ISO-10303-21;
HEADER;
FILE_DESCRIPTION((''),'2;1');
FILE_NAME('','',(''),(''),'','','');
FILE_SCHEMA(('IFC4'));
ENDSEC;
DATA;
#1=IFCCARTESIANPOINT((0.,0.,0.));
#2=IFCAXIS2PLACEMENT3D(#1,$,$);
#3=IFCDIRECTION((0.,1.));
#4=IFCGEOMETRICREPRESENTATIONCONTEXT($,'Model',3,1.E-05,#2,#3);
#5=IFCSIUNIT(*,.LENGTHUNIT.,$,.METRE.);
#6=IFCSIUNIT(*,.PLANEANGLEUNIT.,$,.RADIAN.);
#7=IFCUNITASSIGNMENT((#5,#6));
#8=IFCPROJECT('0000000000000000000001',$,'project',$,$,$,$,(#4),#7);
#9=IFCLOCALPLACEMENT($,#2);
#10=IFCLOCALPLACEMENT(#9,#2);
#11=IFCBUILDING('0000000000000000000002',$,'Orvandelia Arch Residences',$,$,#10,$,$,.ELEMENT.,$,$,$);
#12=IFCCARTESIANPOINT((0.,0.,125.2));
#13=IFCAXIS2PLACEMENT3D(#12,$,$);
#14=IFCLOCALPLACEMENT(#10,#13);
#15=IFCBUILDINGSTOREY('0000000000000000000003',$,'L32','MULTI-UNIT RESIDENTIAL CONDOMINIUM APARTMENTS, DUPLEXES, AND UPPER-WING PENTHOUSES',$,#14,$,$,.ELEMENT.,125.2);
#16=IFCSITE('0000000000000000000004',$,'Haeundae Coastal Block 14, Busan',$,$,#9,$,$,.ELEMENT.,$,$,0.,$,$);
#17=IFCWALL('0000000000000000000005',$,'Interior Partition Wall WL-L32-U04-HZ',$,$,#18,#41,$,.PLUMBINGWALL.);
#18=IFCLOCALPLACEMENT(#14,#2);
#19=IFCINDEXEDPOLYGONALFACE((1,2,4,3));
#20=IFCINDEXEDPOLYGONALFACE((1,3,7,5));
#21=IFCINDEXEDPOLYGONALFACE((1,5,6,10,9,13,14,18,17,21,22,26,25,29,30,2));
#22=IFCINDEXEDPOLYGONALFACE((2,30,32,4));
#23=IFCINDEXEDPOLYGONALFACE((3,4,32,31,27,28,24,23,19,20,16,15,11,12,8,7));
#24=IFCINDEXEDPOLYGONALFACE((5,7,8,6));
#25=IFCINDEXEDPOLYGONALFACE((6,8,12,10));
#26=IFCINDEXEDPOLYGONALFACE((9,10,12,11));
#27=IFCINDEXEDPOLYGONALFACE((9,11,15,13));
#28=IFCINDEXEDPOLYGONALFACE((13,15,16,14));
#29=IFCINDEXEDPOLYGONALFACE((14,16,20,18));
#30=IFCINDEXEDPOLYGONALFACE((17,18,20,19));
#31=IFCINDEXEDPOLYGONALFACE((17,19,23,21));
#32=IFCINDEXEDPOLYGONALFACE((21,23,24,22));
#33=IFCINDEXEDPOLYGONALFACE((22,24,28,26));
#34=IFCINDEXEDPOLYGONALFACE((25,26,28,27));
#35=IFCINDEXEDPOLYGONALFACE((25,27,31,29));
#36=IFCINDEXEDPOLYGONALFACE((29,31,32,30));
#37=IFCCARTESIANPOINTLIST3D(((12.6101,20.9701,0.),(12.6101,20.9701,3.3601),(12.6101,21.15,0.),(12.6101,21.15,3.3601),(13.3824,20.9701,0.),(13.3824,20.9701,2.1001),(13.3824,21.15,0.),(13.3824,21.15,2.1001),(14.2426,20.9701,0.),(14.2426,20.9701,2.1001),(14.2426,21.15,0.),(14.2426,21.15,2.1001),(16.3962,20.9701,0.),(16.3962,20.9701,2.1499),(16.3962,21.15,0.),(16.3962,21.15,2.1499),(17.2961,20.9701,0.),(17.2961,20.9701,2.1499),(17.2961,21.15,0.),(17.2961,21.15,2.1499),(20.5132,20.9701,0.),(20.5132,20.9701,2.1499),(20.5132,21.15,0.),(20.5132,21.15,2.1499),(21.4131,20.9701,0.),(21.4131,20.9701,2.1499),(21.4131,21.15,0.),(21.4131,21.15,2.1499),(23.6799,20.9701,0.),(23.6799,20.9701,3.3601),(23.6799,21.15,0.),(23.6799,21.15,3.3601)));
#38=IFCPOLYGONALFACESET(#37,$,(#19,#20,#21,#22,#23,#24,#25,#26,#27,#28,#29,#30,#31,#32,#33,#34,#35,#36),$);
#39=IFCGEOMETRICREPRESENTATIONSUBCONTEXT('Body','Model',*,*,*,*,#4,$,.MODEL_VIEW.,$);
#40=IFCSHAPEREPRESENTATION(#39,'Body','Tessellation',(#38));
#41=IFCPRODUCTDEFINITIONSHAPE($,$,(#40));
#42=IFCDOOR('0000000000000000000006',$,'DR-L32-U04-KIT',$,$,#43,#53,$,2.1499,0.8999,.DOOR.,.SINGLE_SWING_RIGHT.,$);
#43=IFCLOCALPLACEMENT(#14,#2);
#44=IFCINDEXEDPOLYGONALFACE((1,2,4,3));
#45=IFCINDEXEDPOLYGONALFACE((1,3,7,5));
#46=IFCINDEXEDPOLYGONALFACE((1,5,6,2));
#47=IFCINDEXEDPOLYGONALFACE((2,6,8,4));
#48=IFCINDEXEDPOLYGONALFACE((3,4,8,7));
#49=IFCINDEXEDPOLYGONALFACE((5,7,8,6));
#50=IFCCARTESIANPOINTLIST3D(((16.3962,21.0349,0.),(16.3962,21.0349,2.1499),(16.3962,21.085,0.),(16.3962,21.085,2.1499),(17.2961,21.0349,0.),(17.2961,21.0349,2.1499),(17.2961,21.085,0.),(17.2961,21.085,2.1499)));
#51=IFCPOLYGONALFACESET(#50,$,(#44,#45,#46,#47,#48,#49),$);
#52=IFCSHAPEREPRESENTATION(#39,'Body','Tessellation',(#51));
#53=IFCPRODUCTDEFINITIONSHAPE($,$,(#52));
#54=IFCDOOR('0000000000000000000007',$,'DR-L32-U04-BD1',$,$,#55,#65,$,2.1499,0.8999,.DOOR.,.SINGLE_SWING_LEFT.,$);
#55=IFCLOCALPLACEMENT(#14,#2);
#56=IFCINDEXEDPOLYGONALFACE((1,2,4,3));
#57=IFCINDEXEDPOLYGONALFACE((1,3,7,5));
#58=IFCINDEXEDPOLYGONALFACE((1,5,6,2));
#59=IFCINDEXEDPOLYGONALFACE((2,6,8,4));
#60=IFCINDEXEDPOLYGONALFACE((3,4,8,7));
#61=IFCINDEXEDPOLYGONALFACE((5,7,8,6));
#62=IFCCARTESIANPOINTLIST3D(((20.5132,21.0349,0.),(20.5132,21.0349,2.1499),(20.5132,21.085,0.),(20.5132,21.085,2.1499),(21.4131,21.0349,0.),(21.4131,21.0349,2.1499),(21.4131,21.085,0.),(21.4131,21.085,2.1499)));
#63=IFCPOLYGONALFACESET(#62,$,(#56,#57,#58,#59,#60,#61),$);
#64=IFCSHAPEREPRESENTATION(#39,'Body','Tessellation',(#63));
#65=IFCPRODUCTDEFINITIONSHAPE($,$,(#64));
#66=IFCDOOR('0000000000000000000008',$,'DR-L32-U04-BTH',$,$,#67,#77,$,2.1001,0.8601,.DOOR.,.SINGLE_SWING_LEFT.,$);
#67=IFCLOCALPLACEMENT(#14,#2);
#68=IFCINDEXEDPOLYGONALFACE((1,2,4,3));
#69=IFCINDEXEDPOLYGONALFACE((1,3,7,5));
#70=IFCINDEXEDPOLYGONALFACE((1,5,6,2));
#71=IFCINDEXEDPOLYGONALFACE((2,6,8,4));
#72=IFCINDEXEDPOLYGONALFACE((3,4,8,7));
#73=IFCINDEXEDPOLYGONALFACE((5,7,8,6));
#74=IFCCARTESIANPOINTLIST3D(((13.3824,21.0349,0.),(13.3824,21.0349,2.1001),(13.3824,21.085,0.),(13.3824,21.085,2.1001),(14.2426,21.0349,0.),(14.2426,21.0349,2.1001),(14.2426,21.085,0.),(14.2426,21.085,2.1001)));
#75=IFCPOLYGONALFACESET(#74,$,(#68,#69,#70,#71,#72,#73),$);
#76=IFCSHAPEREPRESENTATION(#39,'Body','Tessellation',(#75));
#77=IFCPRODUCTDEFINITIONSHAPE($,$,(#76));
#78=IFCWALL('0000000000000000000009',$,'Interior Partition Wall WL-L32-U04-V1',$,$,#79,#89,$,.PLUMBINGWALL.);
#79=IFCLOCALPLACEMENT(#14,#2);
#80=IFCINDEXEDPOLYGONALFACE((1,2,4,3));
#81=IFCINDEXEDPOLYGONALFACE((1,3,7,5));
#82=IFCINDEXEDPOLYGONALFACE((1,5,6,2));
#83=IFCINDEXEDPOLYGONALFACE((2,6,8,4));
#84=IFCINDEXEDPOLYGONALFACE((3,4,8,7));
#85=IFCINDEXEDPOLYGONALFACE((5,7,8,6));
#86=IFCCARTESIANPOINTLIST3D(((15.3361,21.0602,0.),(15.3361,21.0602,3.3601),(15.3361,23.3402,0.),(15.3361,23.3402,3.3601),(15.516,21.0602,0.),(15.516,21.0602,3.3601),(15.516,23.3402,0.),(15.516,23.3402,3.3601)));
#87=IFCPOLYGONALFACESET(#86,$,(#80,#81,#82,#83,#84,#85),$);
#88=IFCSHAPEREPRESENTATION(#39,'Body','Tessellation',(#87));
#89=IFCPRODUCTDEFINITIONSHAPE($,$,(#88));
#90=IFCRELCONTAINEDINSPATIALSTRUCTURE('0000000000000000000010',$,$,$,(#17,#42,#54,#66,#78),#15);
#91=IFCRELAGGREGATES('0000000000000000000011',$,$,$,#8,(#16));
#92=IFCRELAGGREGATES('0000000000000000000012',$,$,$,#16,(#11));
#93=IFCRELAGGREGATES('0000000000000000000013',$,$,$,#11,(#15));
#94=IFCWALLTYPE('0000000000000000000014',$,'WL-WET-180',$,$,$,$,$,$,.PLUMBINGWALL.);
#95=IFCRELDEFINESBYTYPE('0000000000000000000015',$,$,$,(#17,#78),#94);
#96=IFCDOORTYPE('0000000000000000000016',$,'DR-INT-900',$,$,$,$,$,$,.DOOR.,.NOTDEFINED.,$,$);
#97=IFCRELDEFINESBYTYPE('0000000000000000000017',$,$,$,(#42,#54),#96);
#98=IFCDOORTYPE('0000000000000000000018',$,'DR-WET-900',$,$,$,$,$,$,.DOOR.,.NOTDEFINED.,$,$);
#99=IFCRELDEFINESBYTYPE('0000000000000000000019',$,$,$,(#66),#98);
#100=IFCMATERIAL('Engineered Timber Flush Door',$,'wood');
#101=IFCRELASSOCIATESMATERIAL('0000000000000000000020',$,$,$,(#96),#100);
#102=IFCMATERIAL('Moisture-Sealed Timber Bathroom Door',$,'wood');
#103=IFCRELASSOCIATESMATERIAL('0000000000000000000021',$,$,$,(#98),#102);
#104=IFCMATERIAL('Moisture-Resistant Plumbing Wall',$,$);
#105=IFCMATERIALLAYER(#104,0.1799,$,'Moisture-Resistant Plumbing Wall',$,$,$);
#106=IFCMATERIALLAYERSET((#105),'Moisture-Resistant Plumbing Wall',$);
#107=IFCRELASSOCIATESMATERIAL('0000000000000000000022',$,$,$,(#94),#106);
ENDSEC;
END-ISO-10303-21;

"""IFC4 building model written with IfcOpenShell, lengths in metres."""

from ifc_helpers import new_model, si_unit, direction, frame, frame_2d, origin, place, context, subcontext, project, spatial, rectangle, extrude, material, layer, layer_set, type_object, element, fill, save


model = new_model("IFC4")

# Units and contexts
model_context = context("Model", 3, precision=1e-05, world=origin(), true_north=direction((0.0, 1.0)))
body_context = subcontext(model_context, "Body", "Model", "MODEL_VIEW")
ifc_project = project(units=[si_unit("LENGTHUNIT", "METRE"), si_unit("PLANEANGLEUNIT", "RADIAN")], contexts=[model_context])

# Site, building, storey
site_placement = place(None, origin())
site = spatial("IfcSite", under=ifc_project, at=site_placement, Name="Haeundae Coastal Block 14, Busan", CompositionType="ELEMENT", RefElevation=0.0)
building_placement = place(site_placement, origin())
building = spatial("IfcBuilding", under=site, at=building_placement, Name="Orvandelia Arch Residences", CompositionType="ELEMENT")
storey_placement = place(building_placement, frame((0.0, 0.0, 125.2)))
storey = spatial("IfcBuildingStorey", under=building, at=storey_placement, Name="L32", Description="MULTI-UNIT RESIDENTIAL CONDOMINIUM APARTMENTS, DUPLEXES, AND UPPER-WING PENTHOUSES", CompositionType="ELEMENT", Elevation=125.2)

# Shared definitions
ifc_material_1 = material(Name="Engineered Timber Flush Door", Category="wood")
door_type_1 = type_object("IfcDoorType", Name="DR-INT-900", OperationType="NOTDEFINED", PredefinedType="DOOR", material=ifc_material_1)

# Shared definitions
ifc_material_2 = material(Name="Moisture-Sealed Timber Bathroom Door", Category="wood")
door_type_2 = type_object("IfcDoorType", Name="DR-WET-900", OperationType="NOTDEFINED", PredefinedType="DOOR", material=ifc_material_2)

# Shared definitions
ifc_material_3 = material(Name="Moisture-Resistant Plumbing Wall")
ifc_layer_1 = layer(ifc_material_3, 0.1799, Name="Moisture-Resistant Plumbing Wall")
ifc_layer_set_1 = layer_set([ifc_layer_1], Name="Moisture-Resistant Plumbing Wall")
wall_type_1 = type_object("IfcWallType", Name="WL-WET-180", PredefinedType="PLUMBINGWALL", material=ifc_layer_set_1)

# Wall, openings, doors
wall_1_placement = place(storey_placement, frame((12.6101, 21.0601, 0.0), z_axis=(0.0, 0.0, 1.0), x_axis=(1.0, 0.0, 0.0)))
wall_1 = element("IfcWall", 1, at=wall_1_placement, inside=storey, type_object=wall_type_1, Name="Interior Partition Wall WL-L32-U04-HZ", PredefinedType="PLUMBINGWALL", context=body_context, shape_type="SweptSolid", body=[
    extrude(rectangle(XDim=11.0698, YDim=0.1799, at=frame_2d((5.5349, 0.0))), origin(), (0.0, 0.0, 1.0), 3.3601),
])
opening_1_placement = place(wall_1_placement, frame((0.7722, 0.0, 0.0)))
opening_1 = element("IfcOpeningElement", 2, at=opening_1_placement, cuts=wall_1, PredefinedType="OPENING", context=body_context, shape_type="SweptSolid", body=[
    extrude(rectangle(XDim=0.8601, YDim=2.1001, at=frame_2d((0.4302, 1.05))), frame((0.0, 0.1001, 0.0), z_axis=(0.0, -1.0, 0.0), x_axis=(1.0, 0.0, 0.0)), (0.0, 0.0, 1.0), 0.2),
])
opening_2_placement = place(wall_1_placement, frame((3.7861, 0.0, 0.0)))
opening_2 = element("IfcOpeningElement", 3, at=opening_2_placement, cuts=wall_1, PredefinedType="OPENING", context=body_context, shape_type="SweptSolid", body=[
    extrude(rectangle(XDim=0.8999, YDim=2.1499, at=frame_2d((0.45, 1.075))), frame((0.0, 0.1001, 0.0), z_axis=(0.0, -1.0, 0.0), x_axis=(1.0, 0.0, 0.0)), (0.0, 0.0, 1.0), 0.2),
])
opening_3_placement = place(wall_1_placement, frame((7.9031, 0.0, 0.0)))
opening_3 = element("IfcOpeningElement", 4, at=opening_3_placement, cuts=wall_1, PredefinedType="OPENING", context=body_context, shape_type="SweptSolid", body=[
    extrude(rectangle(XDim=0.8999, YDim=2.1499, at=frame_2d((0.45, 1.075))), frame((0.0, 0.1001, 0.0), z_axis=(0.0, -1.0, 0.0), x_axis=(1.0, 0.0, 0.0)), (0.0, 0.0, 1.0), 0.2),
])
door_1_placement = place(opening_2_placement, origin())
door_1 = element("IfcDoor", 5, at=door_1_placement, inside=storey, type_object=door_type_1, Name="DR-L32-U04-KIT", OperationType="SINGLE_SWING_RIGHT", OverallHeight=2.1499, OverallWidth=0.8999, PredefinedType="DOOR", context=body_context, shape_type="SweptSolid", body=[
    extrude(rectangle(XDim=0.8999, YDim=2.1499, at=frame_2d((0.45, 1.075))), frame((0.0, 0.0249, 0.0), z_axis=(0.0, -1.0, 0.0), x_axis=(1.0, 0.0, 0.0)), (0.0, 0.0, 1.0), 0.05),
])
fill(opening_2, door_1)
door_2_placement = place(opening_3_placement, origin())
door_2 = element("IfcDoor", 6, at=door_2_placement, inside=storey, type_object=door_type_1, Name="DR-L32-U04-BD1", OperationType="SINGLE_SWING_LEFT", OverallHeight=2.1499, OverallWidth=0.8999, PredefinedType="DOOR", context=body_context, shape_type="SweptSolid", body=[
    extrude(rectangle(XDim=0.8999, YDim=2.1499, at=frame_2d((0.45, 1.075))), frame((0.0, 0.0249, 0.0), z_axis=(0.0, -1.0, 0.0), x_axis=(1.0, 0.0, 0.0)), (0.0, 0.0, 1.0), 0.05),
])
fill(opening_3, door_2)
door_3_placement = place(opening_1_placement, origin())
door_3 = element("IfcDoor", 7, at=door_3_placement, inside=storey, type_object=door_type_2, Name="DR-L32-U04-BTH", OperationType="SINGLE_SWING_LEFT", OverallHeight=2.1001, OverallWidth=0.8601, PredefinedType="DOOR", context=body_context, shape_type="SweptSolid", body=[
    extrude(rectangle(XDim=0.8601, YDim=2.1001, at=frame_2d((0.4302, 1.05))), frame((0.0, 0.0249, 0.0), z_axis=(0.0, -1.0, 0.0), x_axis=(1.0, 0.0, 0.0)), (0.0, 0.0, 1.0), 0.05),
])
fill(opening_1, door_3)

# Wall
wall_2_placement = place(storey_placement, frame((15.426, 21.0601, 0.0), z_axis=(0.0, 0.0, 1.0), x_axis=(0.0, 1.0, 0.0)))
element("IfcWall", 8, at=wall_2_placement, inside=storey, type_object=wall_type_1, Name="Interior Partition Wall WL-L32-U04-V1", PredefinedType="PLUMBINGWALL", context=body_context, shape_type="SweptSolid", body=[
    extrude(rectangle(XDim=2.28, YDim=0.1799, at=frame_2d((1.1401, 0.0))), origin(), (0.0, 0.0, 1.0), 3.3601),
])

save(model, "model.ifc")
